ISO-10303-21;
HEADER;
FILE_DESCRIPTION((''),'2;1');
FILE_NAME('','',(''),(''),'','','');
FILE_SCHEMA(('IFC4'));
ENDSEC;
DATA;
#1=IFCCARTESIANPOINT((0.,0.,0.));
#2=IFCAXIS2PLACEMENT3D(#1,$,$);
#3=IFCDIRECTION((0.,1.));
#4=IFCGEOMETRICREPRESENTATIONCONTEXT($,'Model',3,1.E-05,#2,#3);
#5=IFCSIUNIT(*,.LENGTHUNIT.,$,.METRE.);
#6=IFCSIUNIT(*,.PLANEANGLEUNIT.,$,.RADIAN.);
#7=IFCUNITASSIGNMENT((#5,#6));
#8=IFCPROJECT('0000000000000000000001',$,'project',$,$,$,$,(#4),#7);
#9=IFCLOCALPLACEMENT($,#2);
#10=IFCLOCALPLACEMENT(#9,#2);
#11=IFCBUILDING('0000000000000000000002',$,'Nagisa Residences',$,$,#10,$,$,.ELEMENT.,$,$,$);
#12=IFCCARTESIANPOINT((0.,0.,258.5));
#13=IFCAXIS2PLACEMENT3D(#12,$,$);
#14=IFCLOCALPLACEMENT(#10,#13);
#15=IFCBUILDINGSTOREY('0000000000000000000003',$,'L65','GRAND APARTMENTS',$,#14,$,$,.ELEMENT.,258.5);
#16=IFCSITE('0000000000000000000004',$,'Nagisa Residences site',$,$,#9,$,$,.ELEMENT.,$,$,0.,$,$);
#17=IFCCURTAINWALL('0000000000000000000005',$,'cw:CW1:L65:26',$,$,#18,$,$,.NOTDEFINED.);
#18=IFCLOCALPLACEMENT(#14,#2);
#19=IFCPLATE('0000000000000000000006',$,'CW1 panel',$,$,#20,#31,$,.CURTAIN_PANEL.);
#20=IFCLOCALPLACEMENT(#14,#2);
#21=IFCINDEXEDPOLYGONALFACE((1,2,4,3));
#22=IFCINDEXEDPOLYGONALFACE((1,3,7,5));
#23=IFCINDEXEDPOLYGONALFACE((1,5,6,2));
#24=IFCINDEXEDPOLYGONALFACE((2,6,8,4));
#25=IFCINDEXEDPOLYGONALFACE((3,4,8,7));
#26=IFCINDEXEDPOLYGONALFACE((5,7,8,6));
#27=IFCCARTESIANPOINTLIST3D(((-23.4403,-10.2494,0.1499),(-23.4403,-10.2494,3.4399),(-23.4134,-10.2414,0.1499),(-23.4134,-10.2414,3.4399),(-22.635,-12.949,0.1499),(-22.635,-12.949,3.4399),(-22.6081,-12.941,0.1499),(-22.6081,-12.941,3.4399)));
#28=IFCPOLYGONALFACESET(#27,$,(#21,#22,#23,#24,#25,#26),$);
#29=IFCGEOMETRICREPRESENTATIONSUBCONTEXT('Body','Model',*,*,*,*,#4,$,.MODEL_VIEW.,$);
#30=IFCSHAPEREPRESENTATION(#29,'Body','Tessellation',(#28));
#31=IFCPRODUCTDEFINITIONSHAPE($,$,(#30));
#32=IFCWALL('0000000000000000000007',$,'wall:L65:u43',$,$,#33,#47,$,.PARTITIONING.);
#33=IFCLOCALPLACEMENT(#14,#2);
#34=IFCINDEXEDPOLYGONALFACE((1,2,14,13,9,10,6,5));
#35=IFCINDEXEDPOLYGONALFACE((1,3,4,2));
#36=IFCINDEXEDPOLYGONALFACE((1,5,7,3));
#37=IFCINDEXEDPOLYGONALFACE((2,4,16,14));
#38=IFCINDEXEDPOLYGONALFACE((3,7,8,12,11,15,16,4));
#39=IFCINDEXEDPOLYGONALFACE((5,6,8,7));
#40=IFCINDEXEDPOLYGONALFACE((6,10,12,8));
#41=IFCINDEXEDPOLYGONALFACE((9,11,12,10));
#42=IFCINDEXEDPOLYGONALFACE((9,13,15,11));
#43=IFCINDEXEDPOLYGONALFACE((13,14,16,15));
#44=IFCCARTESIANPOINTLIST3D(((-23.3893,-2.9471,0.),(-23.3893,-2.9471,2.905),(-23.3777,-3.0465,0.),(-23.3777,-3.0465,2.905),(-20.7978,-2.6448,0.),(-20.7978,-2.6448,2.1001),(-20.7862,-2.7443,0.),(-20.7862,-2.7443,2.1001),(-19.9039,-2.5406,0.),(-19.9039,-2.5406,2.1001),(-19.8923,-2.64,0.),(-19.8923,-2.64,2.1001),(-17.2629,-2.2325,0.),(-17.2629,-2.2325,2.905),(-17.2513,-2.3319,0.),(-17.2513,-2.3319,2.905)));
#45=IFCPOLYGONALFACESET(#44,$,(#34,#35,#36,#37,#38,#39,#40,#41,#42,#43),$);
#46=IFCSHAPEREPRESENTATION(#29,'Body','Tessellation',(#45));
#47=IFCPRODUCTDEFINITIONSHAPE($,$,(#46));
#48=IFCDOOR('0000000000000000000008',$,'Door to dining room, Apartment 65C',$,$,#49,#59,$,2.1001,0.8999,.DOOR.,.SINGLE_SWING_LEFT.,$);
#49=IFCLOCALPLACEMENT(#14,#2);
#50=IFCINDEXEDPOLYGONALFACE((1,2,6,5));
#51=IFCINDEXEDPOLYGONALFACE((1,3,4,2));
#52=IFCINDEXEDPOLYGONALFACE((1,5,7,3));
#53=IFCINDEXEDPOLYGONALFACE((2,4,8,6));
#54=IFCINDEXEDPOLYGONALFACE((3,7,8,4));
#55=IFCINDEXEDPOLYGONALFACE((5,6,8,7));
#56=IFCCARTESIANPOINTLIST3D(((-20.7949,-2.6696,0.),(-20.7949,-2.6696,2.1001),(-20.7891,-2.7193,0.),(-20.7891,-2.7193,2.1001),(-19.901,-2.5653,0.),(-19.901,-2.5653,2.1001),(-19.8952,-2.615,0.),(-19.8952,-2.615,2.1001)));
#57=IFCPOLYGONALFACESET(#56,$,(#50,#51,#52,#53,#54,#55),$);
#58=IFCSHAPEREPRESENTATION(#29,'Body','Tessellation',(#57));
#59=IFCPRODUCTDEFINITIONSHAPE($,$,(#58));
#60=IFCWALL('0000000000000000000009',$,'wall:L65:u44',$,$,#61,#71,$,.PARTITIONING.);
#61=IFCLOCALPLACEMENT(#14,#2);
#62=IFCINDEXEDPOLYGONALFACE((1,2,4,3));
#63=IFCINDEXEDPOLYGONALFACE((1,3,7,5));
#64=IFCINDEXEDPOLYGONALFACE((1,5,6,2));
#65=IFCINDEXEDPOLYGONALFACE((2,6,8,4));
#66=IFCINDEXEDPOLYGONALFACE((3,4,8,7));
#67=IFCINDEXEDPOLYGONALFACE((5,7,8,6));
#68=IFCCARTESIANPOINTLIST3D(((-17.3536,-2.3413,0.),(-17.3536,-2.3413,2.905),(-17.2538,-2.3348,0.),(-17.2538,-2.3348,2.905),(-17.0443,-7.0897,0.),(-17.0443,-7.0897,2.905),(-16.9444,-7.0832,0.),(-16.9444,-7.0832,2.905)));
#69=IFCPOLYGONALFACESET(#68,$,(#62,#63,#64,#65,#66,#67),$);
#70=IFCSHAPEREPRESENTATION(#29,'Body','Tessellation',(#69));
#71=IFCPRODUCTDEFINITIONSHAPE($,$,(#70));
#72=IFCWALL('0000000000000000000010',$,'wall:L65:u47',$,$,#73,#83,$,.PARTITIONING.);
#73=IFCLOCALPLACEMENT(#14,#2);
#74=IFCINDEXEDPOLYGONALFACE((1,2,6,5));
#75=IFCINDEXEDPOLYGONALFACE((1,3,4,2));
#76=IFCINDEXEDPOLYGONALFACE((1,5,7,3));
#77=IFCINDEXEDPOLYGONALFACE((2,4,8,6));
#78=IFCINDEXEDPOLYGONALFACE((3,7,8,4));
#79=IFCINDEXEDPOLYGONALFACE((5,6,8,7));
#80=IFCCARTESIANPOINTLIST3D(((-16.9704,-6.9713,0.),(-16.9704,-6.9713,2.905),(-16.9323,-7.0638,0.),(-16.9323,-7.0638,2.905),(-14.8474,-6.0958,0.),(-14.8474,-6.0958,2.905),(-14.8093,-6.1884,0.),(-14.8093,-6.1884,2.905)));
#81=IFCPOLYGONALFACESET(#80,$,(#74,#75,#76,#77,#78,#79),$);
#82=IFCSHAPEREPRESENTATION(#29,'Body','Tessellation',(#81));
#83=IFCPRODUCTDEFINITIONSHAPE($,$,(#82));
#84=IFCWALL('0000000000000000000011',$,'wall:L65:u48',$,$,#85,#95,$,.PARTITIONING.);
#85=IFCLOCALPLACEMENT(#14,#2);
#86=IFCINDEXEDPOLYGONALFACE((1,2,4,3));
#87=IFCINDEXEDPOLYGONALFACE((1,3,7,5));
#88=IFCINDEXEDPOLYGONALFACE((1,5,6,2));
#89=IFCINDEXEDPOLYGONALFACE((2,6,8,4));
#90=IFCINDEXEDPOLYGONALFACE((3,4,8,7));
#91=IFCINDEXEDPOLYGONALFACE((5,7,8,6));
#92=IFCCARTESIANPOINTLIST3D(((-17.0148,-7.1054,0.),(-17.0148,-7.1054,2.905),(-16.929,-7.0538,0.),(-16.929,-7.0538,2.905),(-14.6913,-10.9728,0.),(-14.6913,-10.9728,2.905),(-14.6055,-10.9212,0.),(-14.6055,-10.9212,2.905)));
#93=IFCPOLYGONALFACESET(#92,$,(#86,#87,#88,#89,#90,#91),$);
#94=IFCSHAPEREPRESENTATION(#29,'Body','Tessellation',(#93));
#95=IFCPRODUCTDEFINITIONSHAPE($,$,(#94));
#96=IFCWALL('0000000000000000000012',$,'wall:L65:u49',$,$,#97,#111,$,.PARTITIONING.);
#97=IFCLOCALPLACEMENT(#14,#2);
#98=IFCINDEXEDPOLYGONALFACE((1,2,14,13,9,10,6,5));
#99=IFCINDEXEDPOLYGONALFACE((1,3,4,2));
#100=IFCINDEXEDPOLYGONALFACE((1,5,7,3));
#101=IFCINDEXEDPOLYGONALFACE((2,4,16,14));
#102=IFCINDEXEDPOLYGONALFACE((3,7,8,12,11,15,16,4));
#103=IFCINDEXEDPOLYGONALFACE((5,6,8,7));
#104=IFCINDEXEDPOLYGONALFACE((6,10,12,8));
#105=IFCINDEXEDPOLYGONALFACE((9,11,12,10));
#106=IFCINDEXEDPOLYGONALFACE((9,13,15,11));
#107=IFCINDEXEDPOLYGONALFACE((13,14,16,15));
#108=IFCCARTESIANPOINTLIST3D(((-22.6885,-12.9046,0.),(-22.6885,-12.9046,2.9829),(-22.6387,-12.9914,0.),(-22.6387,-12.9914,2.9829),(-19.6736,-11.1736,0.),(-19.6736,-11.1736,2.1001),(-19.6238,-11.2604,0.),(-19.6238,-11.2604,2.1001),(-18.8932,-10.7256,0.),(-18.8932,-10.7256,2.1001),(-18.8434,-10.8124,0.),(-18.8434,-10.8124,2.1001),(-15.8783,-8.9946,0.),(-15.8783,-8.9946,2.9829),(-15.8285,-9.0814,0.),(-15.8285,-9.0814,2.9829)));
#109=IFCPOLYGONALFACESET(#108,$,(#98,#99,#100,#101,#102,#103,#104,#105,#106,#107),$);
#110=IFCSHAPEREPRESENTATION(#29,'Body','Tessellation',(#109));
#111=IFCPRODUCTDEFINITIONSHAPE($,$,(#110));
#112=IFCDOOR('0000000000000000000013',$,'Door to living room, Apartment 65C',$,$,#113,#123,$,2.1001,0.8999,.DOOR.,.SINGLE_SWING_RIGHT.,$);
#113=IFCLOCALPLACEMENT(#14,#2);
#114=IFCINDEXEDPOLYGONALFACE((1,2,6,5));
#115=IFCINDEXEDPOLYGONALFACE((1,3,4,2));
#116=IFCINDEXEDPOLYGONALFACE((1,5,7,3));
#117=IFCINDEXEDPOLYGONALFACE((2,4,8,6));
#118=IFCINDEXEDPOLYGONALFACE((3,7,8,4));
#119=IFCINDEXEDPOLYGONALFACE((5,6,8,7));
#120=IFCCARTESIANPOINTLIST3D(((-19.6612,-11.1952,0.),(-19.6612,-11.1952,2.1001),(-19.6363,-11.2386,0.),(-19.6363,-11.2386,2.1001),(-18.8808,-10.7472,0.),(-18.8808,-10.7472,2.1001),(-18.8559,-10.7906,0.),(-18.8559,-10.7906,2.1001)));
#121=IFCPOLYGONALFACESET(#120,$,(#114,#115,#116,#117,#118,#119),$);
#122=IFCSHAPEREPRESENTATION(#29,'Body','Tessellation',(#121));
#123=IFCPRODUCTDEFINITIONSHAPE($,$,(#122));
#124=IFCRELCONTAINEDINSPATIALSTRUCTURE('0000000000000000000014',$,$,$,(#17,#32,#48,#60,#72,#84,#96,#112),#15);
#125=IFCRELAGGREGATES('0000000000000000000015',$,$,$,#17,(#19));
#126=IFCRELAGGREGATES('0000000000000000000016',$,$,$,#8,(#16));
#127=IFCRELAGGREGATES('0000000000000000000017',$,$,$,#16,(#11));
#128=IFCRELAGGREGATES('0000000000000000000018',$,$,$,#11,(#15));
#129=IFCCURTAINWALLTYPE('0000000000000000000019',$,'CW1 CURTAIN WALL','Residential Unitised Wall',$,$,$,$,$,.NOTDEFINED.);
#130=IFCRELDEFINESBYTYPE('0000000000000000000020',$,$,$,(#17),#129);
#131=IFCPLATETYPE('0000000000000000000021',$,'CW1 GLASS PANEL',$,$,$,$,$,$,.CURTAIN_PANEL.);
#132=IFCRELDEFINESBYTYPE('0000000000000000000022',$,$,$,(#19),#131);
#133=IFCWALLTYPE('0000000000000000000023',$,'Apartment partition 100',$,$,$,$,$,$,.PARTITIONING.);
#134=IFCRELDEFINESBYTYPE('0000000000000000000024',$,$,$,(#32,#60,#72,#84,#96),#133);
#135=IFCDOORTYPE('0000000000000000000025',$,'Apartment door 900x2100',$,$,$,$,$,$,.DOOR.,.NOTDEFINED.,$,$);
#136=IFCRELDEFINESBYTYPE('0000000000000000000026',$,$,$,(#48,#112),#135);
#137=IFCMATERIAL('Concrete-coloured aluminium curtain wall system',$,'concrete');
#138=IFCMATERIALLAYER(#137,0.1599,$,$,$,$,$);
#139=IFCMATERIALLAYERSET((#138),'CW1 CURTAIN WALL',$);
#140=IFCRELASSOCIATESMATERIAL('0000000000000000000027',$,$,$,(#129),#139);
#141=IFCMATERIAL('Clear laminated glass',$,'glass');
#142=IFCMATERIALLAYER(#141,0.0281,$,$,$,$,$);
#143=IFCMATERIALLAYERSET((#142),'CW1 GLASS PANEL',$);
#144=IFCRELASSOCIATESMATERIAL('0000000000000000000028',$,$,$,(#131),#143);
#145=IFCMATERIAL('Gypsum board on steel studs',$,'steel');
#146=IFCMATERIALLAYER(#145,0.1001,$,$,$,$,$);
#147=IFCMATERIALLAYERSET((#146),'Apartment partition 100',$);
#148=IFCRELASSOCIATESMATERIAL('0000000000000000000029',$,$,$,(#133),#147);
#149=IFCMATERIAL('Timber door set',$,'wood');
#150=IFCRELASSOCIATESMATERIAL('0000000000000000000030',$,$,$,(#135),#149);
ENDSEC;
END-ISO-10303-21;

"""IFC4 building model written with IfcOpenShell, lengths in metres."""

from ifc_helpers import new_model, si_unit, direction, frame, frame_2d, origin, origin_2d, place, context, subcontext, project, spatial, rectangle, extrude, material, layer, layer_set, type_object, element, fill, aggregate, save


model = new_model("IFC4")

# Units and contexts
model_context = context("Model", 3, precision=1e-05, world=origin(), true_north=direction((0.0, 1.0)))
body_context = subcontext(model_context, "Body", "Model", "MODEL_VIEW")
ifc_project = project(units=[si_unit("LENGTHUNIT", "METRE"), si_unit("PLANEANGLEUNIT", "RADIAN")], contexts=[model_context])

# Site, building, storey
site_placement = place(None, origin())
site = spatial("IfcSite", under=ifc_project, at=site_placement, Name="Nagisa Residences site", CompositionType="ELEMENT", RefElevation=0.0)
building_placement = place(site_placement, origin())
building = spatial("IfcBuilding", under=site, at=building_placement, Name="Nagisa Residences", CompositionType="ELEMENT")
storey_placement = place(building_placement, frame((0.0, 0.0, 258.5)))
storey = spatial("IfcBuildingStorey", under=building, at=storey_placement, Name="L65", Description="GRAND APARTMENTS", CompositionType="ELEMENT", Elevation=258.5)

# Curtain wall
ifc_material_1 = material(Name="Concrete-coloured aluminium curtain wall system", Category="concrete")
ifc_layer_1 = layer(ifc_material_1, 0.1599)
ifc_layer_set_1 = layer_set([ifc_layer_1], Name="CW1 CURTAIN WALL")
curtain_wall_type = type_object("IfcCurtainWallType", Name="CW1 CURTAIN WALL", Description="Residential Unitised Wall", PredefinedType="NOTDEFINED", material=ifc_layer_set_1)
curtain_wall_1_placement = place(storey_placement, origin())
curtain_wall_1 = element("IfcCurtainWall", 1, at=curtain_wall_1_placement, inside=storey, type_object=curtain_wall_type, Name="cw:CW1:L65:26", PredefinedType="NOTDEFINED")

# Shared definitions
ifc_material_2 = material(Name="Clear laminated glass", Category="glass")
ifc_layer_2 = layer(ifc_material_2, 0.0281)
ifc_layer_set_2 = layer_set([ifc_layer_2], Name="CW1 GLASS PANEL")
plate_type = type_object("IfcPlateType", Name="CW1 GLASS PANEL", PredefinedType="CURTAIN_PANEL", material=ifc_layer_set_2)

# Plate
plate_1_placement = place(storey_placement, frame((-23.0242, -11.5952, 0.1499), z_axis=(0.0, 0.0, 1.0), x_axis=(0.28586, -0.958271, 0.0)))
plate_1 = element("IfcPlate", 2, at=plate_1_placement, type_object=plate_type, Name="CW1 panel", PredefinedType="CURTAIN_PANEL", context=body_context, shape_type="SweptSolid", body=[
    extrude(rectangle(XDim=2.8171, YDim=0.0281, at=origin_2d()), origin(), (0.0, 0.0, 1.0), 3.29),
])
aggregate(curtain_wall_1, [plate_1])

# Wall, opening, door
ifc_material_3 = material(Name="Gypsum board on steel studs", Category="steel")
ifc_layer_3 = layer(ifc_material_3, 0.1001)
ifc_layer_set_3 = layer_set([ifc_layer_3], Name="Apartment partition 100")
wall_type_1 = type_object("IfcWallType", Name="Apartment partition 100", PredefinedType="PARTITIONING", material=ifc_layer_set_3)
wall_1_placement = place(storey_placement, frame((-17.2571, -2.2822, 0.0), z_axis=(0.0, 0.0, 1.0), x_axis=(-0.993266, -0.115856, 0.0)))
wall_1 = element("IfcWall", 3, at=wall_1_placement, inside=storey, type_object=wall_type_1, Name="wall:L65:u43", PredefinedType="PARTITIONING", context=body_context, shape_type="SweptSolid", body=[
    extrude(rectangle(XDim=6.168, YDim=0.1001, at=frame_2d((3.084, 0.0))), origin(), (0.0, 0.0, 1.0), 2.905),
])
opening_1_placement = place(wall_1_placement, frame((2.6589, 0.0, 0.0)))
opening_1 = element("IfcOpeningElement", 4, at=opening_1_placement, cuts=wall_1, PredefinedType="OPENING", context=body_context, shape_type="SweptSolid", body=[
    extrude(rectangle(XDim=0.8999, YDim=2.1001, at=frame_2d((0.45, 1.05))), frame((0.0, 0.0601, 0.0), z_axis=(0.0, -1.0, 0.0), x_axis=(1.0, 0.0, 0.0)), (0.0, 0.0, 1.0), 0.1201),
])
ifc_material_4 = material(Name="Timber door set", Category="wood")
door_type_1 = type_object("IfcDoorType", Name="Apartment door 900x2100", OperationType="NOTDEFINED", PredefinedType="DOOR", material=ifc_material_4)
door_1_placement = place(opening_1_placement, origin())
door_1 = element("IfcDoor", 5, at=door_1_placement, inside=storey, type_object=door_type_1, Name="Door to dining room, Apartment 65C", OperationType="SINGLE_SWING_LEFT", OverallHeight=2.1001, OverallWidth=0.8999, PredefinedType="DOOR", context=body_context, shape_type="SweptSolid", body=[
    extrude(rectangle(XDim=0.8999, YDim=2.1001, at=frame_2d((0.45, 1.05))), frame((0.0, 0.0249, 0.0), z_axis=(0.0, -1.0, 0.0), x_axis=(1.0, 0.0, 0.0)), (0.0, 0.0, 1.0), 0.05),
])
fill(opening_1, door_1)

# Walls
wall_2_placement = place(storey_placement, frame((-17.3037, -2.3379, 0.0), z_axis=(0.0, 0.0, 1.0), x_axis=(0.065004, -0.997885, 0.0)))
element("IfcWall", 6, at=wall_2_placement, inside=storey, type_object=wall_type_1, Name="wall:L65:u44", PredefinedType="PARTITIONING", context=body_context, shape_type="SweptSolid", body=[
    extrude(rectangle(XDim=4.7585, YDim=0.1001, at=frame_2d((2.3794, 0.0))), origin(), (0.0, 0.0, 1.0), 2.905),
])
wall_3_placement = place(storey_placement, frame((-14.8284, -6.1421, 0.0), z_axis=(0.0, 0.0, 1.0), x_axis=(-0.92448, -0.381231, 0.0)))
element("IfcWall", 7, at=wall_3_placement, inside=storey, type_object=wall_type_1, Name="wall:L65:u47", PredefinedType="PARTITIONING", context=body_context, shape_type="SweptSolid", body=[
    extrude(rectangle(XDim=2.2964, YDim=0.1001, at=frame_2d((1.1482, 0.0))), origin(), (0.0, 0.0, 1.0), 2.905),
])
wall_4_placement = place(storey_placement, frame((-16.9719, -7.0796, 0.0), z_axis=(0.0, 0.0, 1.0), x_axis=(0.514989, -0.857197, 0.0)))
element("IfcWall", 8, at=wall_4_placement, inside=storey, type_object=wall_type_1, Name="wall:L65:u48", PredefinedType="PARTITIONING", context=body_context, shape_type="SweptSolid", body=[
    extrude(rectangle(XDim=4.5117, YDim=0.1001, at=frame_2d((2.2559, 0.0))), origin(), (0.0, 0.0, 1.0), 2.905),
])

# Wall, opening, door
wall_5_placement = place(storey_placement, frame((-15.8535, -9.0381, 0.0), z_axis=(0.0, 0.0, 1.0), x_axis=(-0.867229, -0.497909, 0.0)))
wall_5 = element("IfcWall", 9, at=wall_5_placement, inside=storey, type_object=wall_type_1, Name="wall:L65:u49", PredefinedType="PARTITIONING", context=body_context, shape_type="SweptSolid", body=[
    extrude(rectangle(XDim=7.8528, YDim=0.1001, at=frame_2d((3.9263, 0.0))), origin(), (0.0, 0.0, 1.0), 2.9829),
])
opening_2_placement = place(wall_5_placement, frame((3.4763, 0.0, 0.0)))
opening_2 = element("IfcOpeningElement", 10, at=opening_2_placement, cuts=wall_5, PredefinedType="OPENING", context=body_context, shape_type="SweptSolid", body=[
    extrude(rectangle(XDim=0.8999, YDim=2.1001, at=frame_2d((0.45, 1.05))), frame((0.0, 0.0601, 0.0), z_axis=(0.0, -1.0, 0.0), x_axis=(1.0, 0.0, 0.0)), (0.0, 0.0, 1.0), 0.1201),
])
door_2_placement = place(opening_2_placement, origin())
door_2 = element("IfcDoor", 11, at=door_2_placement, inside=storey, type_object=door_type_1, Name="Door to living room, Apartment 65C", OperationType="SINGLE_SWING_RIGHT", OverallHeight=2.1001, OverallWidth=0.8999, PredefinedType="DOOR", context=body_context, shape_type="SweptSolid", body=[
    extrude(rectangle(XDim=0.8999, YDim=2.1001, at=frame_2d((0.45, 1.05))), frame((0.0, 0.0249, 0.0), z_axis=(0.0, -1.0, 0.0), x_axis=(1.0, 0.0, 0.0)), (0.0, 0.0, 1.0), 0.05),
])
fill(opening_2, door_2)

save(model, "model.ifc")
